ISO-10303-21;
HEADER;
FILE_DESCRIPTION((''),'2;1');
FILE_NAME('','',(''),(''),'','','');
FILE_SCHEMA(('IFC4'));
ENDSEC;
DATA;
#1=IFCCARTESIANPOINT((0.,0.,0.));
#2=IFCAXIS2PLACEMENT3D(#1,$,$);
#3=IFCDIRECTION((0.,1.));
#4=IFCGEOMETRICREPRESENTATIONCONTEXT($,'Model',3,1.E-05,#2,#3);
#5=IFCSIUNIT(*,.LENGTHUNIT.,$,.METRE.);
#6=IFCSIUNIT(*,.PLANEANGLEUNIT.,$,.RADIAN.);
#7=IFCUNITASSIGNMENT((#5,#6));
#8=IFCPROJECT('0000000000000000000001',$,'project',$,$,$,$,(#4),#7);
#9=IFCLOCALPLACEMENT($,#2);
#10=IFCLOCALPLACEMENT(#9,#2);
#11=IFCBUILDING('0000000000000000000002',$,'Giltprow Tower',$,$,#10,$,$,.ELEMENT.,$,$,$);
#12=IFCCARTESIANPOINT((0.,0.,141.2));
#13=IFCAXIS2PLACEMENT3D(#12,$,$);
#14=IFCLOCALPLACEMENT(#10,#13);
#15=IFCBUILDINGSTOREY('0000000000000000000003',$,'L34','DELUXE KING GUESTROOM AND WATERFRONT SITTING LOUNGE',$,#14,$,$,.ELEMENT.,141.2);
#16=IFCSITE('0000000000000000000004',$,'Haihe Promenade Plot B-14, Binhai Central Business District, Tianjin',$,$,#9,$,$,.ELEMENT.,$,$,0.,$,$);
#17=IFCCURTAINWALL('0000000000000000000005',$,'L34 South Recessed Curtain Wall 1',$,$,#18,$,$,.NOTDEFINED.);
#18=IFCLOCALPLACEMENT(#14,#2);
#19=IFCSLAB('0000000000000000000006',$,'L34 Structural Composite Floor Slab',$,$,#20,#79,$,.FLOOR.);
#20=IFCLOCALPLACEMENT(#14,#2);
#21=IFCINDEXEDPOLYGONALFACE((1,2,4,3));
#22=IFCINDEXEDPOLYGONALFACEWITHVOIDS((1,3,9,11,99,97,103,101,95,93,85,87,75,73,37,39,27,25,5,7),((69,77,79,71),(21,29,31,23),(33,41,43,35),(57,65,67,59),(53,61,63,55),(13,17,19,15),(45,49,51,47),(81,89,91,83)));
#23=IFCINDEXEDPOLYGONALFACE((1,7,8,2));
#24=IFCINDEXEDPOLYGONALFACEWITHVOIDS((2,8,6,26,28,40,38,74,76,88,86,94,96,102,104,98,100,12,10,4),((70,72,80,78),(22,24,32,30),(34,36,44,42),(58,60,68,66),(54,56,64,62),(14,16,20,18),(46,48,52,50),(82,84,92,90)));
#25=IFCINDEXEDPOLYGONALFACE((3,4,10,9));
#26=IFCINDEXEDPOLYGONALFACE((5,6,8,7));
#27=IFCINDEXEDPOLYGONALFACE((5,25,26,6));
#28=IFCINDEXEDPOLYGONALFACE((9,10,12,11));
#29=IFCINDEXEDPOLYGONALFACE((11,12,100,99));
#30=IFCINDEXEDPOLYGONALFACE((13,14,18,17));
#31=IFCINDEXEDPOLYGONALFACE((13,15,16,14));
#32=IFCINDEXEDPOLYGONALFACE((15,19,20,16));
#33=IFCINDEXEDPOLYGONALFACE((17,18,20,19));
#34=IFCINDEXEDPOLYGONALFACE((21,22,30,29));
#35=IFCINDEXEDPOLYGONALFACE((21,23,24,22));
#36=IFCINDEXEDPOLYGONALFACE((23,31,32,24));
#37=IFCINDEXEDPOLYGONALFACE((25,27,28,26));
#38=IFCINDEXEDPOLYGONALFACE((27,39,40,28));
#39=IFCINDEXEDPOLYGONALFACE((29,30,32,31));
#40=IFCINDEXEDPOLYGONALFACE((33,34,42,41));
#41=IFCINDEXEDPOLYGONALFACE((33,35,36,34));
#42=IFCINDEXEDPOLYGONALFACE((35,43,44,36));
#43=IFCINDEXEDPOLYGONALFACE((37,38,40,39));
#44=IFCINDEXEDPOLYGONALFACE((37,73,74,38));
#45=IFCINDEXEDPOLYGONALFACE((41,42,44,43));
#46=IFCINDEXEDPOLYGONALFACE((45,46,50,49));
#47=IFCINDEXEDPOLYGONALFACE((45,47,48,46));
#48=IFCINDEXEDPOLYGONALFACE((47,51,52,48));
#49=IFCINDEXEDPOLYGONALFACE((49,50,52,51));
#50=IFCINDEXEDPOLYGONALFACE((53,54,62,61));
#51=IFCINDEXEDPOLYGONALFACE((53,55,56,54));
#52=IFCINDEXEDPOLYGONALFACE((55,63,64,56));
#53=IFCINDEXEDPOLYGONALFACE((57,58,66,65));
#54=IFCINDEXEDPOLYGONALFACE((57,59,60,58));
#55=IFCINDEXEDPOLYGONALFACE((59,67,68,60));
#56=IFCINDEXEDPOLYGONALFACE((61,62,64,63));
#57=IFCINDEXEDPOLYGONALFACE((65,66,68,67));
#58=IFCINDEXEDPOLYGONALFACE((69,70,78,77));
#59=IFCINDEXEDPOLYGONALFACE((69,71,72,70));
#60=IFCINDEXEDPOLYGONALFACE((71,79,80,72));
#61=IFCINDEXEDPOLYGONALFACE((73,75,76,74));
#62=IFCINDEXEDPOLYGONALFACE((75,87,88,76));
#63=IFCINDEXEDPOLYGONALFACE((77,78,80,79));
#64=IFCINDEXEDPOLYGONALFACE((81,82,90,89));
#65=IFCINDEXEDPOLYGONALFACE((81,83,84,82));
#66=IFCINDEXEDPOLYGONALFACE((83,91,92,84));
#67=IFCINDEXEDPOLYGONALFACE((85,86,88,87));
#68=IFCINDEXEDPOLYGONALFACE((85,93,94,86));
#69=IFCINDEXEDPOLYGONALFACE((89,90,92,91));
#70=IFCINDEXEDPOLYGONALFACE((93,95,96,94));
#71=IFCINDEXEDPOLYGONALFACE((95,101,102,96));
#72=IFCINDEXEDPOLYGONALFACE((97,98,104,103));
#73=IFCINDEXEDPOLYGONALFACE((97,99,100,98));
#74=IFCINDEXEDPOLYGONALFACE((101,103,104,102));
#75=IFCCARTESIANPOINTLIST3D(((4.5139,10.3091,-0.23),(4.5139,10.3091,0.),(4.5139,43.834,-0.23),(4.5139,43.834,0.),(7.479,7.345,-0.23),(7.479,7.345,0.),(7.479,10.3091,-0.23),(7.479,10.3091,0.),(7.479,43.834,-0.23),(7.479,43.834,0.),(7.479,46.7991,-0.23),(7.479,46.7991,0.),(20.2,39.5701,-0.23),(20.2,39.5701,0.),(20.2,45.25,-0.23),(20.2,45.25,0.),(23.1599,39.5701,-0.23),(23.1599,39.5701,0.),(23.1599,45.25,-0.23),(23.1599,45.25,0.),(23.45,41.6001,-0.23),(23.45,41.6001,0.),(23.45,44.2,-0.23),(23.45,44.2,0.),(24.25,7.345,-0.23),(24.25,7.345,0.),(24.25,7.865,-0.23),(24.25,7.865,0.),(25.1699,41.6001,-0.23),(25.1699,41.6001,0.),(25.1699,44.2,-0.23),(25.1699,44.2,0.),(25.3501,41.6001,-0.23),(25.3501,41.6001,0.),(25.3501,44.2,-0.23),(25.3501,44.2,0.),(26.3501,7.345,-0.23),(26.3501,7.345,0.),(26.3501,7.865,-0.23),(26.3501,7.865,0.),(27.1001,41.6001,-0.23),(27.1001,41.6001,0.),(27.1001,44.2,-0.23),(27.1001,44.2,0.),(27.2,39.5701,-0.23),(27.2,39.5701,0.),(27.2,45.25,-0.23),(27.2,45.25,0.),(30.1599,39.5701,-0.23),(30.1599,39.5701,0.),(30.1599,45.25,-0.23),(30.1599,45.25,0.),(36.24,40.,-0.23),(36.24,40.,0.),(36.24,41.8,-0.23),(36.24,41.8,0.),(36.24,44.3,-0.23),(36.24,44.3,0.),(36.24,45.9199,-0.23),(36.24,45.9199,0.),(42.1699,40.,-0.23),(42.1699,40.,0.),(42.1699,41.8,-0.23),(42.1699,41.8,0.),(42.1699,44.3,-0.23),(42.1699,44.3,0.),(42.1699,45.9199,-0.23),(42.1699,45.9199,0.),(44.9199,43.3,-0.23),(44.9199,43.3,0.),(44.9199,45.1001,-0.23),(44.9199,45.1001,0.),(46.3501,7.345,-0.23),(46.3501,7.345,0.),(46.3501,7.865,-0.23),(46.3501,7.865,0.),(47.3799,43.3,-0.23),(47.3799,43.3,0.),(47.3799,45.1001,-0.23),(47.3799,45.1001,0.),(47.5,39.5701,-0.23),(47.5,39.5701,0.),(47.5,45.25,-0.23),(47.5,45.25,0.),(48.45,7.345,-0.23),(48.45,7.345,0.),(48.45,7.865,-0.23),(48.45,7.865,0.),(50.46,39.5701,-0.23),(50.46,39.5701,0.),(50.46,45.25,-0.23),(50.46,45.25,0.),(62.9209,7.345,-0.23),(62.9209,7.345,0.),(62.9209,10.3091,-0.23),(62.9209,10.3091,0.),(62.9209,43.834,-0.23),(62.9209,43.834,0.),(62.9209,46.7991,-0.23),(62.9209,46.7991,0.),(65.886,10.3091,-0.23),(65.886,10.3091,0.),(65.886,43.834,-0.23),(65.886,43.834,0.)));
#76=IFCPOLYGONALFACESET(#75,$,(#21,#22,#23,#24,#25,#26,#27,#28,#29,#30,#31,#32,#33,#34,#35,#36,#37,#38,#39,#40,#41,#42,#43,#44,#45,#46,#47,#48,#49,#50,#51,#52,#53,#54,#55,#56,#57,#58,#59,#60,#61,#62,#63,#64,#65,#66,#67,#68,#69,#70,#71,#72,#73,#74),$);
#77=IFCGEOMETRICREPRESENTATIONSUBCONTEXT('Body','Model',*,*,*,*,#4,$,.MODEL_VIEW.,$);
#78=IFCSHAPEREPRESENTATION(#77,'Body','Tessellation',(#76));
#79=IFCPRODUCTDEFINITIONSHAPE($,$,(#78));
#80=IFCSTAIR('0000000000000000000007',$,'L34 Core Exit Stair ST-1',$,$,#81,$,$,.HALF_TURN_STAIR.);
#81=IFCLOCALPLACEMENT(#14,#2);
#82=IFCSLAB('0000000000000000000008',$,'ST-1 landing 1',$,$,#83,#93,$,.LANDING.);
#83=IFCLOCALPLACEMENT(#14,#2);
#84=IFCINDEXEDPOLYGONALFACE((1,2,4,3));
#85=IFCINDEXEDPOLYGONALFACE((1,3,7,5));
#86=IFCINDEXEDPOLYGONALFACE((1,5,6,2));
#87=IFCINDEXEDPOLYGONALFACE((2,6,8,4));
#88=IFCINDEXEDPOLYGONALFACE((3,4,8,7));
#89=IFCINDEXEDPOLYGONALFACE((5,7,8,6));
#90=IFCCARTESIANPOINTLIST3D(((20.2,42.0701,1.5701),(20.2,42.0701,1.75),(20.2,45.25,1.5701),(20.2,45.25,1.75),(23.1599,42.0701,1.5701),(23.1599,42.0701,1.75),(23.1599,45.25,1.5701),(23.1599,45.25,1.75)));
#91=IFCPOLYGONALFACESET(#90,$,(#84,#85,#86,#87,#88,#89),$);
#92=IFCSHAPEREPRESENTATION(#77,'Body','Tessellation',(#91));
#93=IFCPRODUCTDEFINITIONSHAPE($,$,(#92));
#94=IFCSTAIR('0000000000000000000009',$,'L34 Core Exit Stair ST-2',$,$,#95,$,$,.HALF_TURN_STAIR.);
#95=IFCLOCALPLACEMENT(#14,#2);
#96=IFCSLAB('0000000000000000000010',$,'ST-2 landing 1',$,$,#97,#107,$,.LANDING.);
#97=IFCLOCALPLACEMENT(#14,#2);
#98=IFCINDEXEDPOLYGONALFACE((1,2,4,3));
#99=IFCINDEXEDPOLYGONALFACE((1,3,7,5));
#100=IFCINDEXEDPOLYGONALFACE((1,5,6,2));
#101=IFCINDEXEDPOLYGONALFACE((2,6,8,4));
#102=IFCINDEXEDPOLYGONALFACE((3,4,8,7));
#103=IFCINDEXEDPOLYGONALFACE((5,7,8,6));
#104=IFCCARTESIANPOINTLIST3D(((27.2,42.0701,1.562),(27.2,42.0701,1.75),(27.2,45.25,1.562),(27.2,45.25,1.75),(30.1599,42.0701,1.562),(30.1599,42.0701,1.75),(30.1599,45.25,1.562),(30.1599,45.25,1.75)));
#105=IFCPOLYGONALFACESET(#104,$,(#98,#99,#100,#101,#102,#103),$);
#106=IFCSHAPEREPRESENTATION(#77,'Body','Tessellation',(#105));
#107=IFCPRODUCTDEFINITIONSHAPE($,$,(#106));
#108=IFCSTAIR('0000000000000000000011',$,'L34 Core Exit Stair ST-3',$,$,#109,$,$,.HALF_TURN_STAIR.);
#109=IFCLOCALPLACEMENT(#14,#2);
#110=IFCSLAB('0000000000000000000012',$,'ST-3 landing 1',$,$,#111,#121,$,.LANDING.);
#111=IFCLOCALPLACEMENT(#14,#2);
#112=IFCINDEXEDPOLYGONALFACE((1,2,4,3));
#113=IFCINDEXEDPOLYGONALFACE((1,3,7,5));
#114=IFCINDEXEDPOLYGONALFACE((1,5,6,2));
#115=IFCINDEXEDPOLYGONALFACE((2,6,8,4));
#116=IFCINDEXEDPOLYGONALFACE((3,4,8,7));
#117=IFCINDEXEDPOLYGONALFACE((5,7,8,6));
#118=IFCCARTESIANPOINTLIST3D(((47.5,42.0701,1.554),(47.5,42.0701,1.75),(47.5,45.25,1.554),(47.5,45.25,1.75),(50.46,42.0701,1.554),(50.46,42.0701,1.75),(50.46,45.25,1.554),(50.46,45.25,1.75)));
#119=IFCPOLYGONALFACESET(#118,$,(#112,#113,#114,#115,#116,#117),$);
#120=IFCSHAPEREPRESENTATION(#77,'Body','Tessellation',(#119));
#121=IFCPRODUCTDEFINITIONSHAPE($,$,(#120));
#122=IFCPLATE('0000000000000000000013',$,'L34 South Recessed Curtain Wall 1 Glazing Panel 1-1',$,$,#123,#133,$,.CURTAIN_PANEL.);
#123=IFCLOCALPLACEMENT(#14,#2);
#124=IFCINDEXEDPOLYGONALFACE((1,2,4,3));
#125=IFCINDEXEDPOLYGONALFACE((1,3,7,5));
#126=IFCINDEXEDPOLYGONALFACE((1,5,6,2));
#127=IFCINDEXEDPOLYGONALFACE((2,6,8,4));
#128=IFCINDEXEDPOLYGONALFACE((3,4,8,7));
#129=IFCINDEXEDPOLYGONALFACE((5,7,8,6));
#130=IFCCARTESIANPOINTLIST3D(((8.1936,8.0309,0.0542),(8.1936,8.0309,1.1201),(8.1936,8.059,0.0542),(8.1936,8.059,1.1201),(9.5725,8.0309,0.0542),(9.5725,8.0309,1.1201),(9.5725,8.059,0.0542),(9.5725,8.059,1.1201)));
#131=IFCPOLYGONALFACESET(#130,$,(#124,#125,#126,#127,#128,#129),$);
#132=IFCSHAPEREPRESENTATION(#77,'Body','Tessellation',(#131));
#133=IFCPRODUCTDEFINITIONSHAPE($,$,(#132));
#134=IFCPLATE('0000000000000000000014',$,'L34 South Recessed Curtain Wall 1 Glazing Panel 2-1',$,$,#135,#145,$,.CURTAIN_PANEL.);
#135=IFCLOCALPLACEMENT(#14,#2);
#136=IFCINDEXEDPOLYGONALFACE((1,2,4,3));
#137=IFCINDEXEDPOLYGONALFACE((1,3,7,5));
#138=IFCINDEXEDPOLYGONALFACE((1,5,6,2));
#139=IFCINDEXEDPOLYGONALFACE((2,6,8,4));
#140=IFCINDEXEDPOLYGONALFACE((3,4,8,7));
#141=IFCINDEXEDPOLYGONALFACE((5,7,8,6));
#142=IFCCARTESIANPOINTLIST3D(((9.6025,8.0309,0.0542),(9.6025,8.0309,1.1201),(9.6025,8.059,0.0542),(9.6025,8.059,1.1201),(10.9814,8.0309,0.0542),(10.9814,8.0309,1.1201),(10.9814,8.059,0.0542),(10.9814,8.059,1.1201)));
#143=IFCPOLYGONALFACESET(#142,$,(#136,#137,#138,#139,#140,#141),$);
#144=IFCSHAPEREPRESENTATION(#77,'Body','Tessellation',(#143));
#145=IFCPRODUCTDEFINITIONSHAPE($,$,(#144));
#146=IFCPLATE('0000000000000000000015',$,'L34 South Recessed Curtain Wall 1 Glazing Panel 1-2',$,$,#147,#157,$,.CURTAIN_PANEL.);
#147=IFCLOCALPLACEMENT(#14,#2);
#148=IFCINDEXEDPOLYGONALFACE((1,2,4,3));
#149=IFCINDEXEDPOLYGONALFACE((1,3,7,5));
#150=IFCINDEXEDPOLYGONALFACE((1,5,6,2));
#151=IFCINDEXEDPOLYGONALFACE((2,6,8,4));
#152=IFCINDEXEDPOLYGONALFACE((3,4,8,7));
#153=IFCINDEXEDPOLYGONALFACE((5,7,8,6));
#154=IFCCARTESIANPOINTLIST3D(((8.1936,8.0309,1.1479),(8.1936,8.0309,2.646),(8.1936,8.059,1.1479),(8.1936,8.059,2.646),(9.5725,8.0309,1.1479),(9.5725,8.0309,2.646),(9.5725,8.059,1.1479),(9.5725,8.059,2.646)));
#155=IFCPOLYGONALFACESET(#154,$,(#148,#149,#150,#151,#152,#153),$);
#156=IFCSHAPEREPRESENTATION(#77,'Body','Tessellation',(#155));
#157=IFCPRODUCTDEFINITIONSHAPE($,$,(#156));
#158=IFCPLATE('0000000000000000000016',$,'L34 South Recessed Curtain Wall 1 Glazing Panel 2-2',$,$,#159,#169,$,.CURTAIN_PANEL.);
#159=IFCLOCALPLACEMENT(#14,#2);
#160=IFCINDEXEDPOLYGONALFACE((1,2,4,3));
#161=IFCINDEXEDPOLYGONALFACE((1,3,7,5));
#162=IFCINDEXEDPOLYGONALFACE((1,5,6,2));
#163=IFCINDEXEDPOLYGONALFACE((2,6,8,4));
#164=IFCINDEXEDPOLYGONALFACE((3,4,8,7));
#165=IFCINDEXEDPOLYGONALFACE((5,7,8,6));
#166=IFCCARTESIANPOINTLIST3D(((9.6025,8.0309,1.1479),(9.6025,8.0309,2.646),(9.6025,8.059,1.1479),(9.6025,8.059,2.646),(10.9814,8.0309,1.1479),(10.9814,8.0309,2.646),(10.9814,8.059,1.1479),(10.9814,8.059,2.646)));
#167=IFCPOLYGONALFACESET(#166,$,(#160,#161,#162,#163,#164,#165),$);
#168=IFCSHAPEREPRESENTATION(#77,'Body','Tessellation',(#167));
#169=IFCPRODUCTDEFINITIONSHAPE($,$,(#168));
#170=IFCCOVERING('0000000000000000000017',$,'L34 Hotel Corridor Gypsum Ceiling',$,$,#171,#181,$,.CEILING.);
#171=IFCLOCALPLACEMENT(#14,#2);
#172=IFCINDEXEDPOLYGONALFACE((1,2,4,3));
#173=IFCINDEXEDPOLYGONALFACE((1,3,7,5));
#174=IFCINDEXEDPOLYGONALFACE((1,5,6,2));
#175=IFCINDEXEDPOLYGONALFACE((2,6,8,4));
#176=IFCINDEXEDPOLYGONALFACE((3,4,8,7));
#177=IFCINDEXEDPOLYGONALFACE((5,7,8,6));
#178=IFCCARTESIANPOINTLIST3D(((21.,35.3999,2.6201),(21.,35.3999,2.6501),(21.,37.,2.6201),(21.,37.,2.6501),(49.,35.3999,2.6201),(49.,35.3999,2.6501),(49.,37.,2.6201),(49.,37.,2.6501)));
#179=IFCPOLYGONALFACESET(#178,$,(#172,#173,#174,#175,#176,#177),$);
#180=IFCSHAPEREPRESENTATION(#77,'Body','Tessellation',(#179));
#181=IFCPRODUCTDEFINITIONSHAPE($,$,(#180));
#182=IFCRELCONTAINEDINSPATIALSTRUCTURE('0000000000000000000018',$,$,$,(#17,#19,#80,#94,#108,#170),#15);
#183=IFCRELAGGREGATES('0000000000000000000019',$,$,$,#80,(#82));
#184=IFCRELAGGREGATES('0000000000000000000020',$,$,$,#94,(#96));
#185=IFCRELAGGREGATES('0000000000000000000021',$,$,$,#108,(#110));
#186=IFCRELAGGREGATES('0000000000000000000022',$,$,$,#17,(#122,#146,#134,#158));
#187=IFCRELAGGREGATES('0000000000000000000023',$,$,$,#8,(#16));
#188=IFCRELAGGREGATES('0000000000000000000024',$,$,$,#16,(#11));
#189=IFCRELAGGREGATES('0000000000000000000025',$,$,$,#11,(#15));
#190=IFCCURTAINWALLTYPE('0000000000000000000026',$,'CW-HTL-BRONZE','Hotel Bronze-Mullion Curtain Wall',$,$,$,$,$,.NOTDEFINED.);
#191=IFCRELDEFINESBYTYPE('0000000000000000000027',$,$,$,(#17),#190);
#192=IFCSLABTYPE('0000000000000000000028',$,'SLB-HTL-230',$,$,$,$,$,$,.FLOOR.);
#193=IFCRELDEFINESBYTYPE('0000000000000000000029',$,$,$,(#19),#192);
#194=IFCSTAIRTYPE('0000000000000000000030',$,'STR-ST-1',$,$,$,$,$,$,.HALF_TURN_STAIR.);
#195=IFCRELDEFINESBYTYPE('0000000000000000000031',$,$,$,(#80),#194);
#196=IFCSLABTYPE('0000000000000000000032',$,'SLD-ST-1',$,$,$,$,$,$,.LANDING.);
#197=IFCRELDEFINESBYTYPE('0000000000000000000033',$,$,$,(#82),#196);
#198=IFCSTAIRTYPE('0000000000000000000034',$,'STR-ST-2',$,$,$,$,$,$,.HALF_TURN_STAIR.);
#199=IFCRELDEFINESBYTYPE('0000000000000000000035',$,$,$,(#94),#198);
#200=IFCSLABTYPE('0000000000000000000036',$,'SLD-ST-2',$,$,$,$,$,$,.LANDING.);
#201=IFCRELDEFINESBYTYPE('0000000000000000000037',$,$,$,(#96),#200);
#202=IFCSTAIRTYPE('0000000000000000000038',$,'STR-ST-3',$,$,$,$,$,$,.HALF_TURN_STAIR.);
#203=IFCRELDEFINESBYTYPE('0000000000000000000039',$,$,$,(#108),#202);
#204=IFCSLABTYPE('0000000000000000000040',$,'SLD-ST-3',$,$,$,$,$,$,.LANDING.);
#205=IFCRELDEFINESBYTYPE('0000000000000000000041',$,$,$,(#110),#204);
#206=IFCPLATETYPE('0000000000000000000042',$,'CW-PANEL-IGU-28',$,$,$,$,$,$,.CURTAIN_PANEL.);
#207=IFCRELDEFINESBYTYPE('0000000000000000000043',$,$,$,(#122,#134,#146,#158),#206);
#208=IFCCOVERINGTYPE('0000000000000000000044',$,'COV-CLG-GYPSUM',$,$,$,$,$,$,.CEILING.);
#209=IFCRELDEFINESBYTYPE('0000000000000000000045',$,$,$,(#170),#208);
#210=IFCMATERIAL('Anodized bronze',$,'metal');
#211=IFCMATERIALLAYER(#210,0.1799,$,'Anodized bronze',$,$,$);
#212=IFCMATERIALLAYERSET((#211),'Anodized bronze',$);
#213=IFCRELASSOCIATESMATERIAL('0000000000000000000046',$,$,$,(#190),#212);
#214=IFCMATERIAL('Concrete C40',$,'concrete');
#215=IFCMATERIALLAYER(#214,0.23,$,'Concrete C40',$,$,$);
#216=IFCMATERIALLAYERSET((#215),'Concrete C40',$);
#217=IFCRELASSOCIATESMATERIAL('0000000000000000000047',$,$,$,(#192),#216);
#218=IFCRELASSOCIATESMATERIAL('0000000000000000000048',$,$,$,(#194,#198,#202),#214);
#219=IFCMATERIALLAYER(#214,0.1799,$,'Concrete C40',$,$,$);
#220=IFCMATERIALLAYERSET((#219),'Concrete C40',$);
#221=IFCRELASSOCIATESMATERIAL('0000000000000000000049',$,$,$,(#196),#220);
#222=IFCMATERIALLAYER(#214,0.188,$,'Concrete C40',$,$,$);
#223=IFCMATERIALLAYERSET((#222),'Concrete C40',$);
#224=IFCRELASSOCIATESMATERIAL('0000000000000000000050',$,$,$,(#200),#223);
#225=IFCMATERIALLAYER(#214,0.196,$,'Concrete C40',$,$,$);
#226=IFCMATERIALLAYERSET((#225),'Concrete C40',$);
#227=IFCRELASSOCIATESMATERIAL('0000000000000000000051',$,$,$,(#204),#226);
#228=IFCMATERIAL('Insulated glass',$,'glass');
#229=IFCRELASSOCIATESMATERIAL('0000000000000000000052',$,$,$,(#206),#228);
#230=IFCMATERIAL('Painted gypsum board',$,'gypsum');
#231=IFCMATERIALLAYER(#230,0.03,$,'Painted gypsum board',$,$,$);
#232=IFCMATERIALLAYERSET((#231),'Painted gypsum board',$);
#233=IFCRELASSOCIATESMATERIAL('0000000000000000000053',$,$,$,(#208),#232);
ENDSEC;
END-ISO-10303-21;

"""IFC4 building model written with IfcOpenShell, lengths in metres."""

from ifc_helpers import new_model, si_unit, direction, frame, origin, origin_2d, place, context, subcontext, project, spatial, polyline, rectangle, outline, extrude, source, transform, mapped, material, layer, layer_set, type_object, element, aggregate, save


model = new_model("IFC4")

# Units and contexts
model_context = context("Model", 3, precision=1e-05, world=origin(), true_north=direction((0.0, 1.0)))
body_context = subcontext(model_context, "Body", "Model", "MODEL_VIEW")
ifc_project = project(units=[si_unit("LENGTHUNIT", "METRE"), si_unit("PLANEANGLEUNIT", "RADIAN")], contexts=[model_context])

# Site, building, storey
site_placement = place(None, origin())
site = spatial("IfcSite", under=ifc_project, at=site_placement, Name="Haihe Promenade Plot B-14, Binhai Central Business District, Tianjin", CompositionType="ELEMENT", RefElevation=0.0)
building_placement = place(site_placement, origin())
building = spatial("IfcBuilding", under=site, at=building_placement, Name="Giltprow Tower", CompositionType="ELEMENT")
storey_placement = place(building_placement, frame((0.0, 0.0, 141.2)))
storey = spatial("IfcBuildingStorey", under=building, at=storey_placement, Name="L34", Description="DELUXE KING GUESTROOM AND WATERFRONT SITTING LOUNGE", CompositionType="ELEMENT", Elevation=141.2)

# Curtain wall
ifc_material_1 = material(Name="Anodized bronze", Category="metal")
ifc_layer_1 = layer(ifc_material_1, 0.1799, Name="Anodized bronze")
ifc_layer_set_1 = layer_set([ifc_layer_1], Name="Anodized bronze")
curtain_wall_type = type_object("IfcCurtainWallType", Name="CW-HTL-BRONZE", Description="Hotel Bronze-Mullion Curtain Wall", PredefinedType="NOTDEFINED", material=ifc_layer_set_1)
curtain_wall_placement = place(storey_placement, origin())
curtain_wall = element("IfcCurtainWall", 1, at=curtain_wall_placement, inside=storey, type_object=curtain_wall_type, Name="L34 South Recessed Curtain Wall 1", PredefinedType="NOTDEFINED")

# Slab
ifc_material_2 = material(Name="Concrete C40", Category="concrete")
ifc_layer_2 = layer(ifc_material_2, 0.23, Name="Concrete C40")
ifc_layer_set_2 = layer_set([ifc_layer_2], Name="Concrete C40")
slab_type_1 = type_object("IfcSlabType", Name="SLB-HTL-230", PredefinedType="FLOOR", material=ifc_layer_set_2)
slab_1_placement = place(storey_placement, frame((0.0, 0.0, -0.23)))
element("IfcSlab", 2, at=slab_1_placement, inside=storey, type_object=slab_type_1, Name="L34 Structural Composite Floor Slab", PredefinedType="FLOOR", context=body_context, shape_type="SweptSolid", body=[
    extrude(outline(polyline([(7.479, 7.345), (7.479, 10.3091), (4.5139, 10.3091), (4.5139, 43.834), (7.479, 43.834), (7.479, 46.7991), (62.9209, 46.7991), (62.9209, 43.834), (65.886, 43.834), (65.886, 10.3091), (62.9209, 10.3091), (62.9209, 7.345), (48.45, 7.345), (48.45, 7.865), (46.3501, 7.865), (46.3501, 7.345), (26.3501, 7.345), (26.3501, 7.865), (24.25, 7.865), (24.25, 7.345), (7.479, 7.345)]), holes=[polyline([(42.1699, 41.8), (36.24, 41.8), (36.24, 40.0), (42.1699, 40.0), (42.1699, 41.8)]), polyline([(23.1599, 39.5701), (23.1599, 45.25), (20.2, 45.25), (20.2, 39.5701), (23.1599, 39.5701)]), polyline([(30.1599, 39.5701), (30.1599, 45.25), (27.2, 45.25), (27.2, 39.5701), (30.1599, 39.5701)]), polyline([(50.46, 45.25), (47.5, 45.25), (47.5, 39.5701), (50.46, 39.5701), (50.46, 45.25)]), polyline([(25.1699, 44.2), (23.45, 44.2), (23.45, 41.6001), (25.1699, 41.6001), (25.1699, 44.2)]), polyline([(27.1001, 44.2), (25.3501, 44.2), (25.3501, 41.6001), (27.1001, 41.6001), (27.1001, 44.2)]), polyline([(47.3799, 43.3), (47.3799, 45.1001), (44.9199, 45.1001), (44.9199, 43.3), (47.3799, 43.3)]), polyline([(42.1699, 44.3), (42.1699, 45.9199), (36.24, 45.9199), (36.24, 44.3), (42.1699, 44.3)])]), origin(), (0.0, 0.0, 1.0), 0.23),
])

# Stairs, slabs
stair_type_1 = type_object("IfcStairType", Name="STR-ST-1", PredefinedType="HALF_TURN_STAIR", material=ifc_material_2)
stair_1_placement = place(storey_placement, origin())
stair_1 = element("IfcStair", 3, at=stair_1_placement, inside=storey, type_object=stair_type_1, Name="L34 Core Exit Stair ST-1", PredefinedType="HALF_TURN_STAIR")
ifc_layer_3 = layer(ifc_material_2, 0.1799, Name="Concrete C40")
ifc_layer_set_3 = layer_set([ifc_layer_3], Name="Concrete C40")
slab_type_2 = type_object("IfcSlabType", Name="SLD-ST-1", PredefinedType="LANDING", material=ifc_layer_set_3)
slab_2_placement = place(storey_placement, frame((0.0, 0.0, 1.5701)))
slab_2 = element("IfcSlab", 4, at=slab_2_placement, type_object=slab_type_2, Name="ST-1 landing 1", PredefinedType="LANDING", context=body_context, shape_type="SweptSolid", body=[
    extrude(outline(polyline([(23.1599, 42.0701), (23.1599, 45.25), (20.2, 45.25), (20.2, 42.0701), (23.1599, 42.0701)])), origin(), (0.0, 0.0, 1.0), 0.1799),
])
aggregate(stair_1, [slab_2])
stair_type_2 = type_object("IfcStairType", Name="STR-ST-2", PredefinedType="HALF_TURN_STAIR", material=ifc_material_2)
stair_2_placement = place(storey_placement, origin())
stair_2 = element("IfcStair", 5, at=stair_2_placement, inside=storey, type_object=stair_type_2, Name="L34 Core Exit Stair ST-2", PredefinedType="HALF_TURN_STAIR")
ifc_layer_4 = layer(ifc_material_2, 0.188, Name="Concrete C40")
ifc_layer_set_4 = layer_set([ifc_layer_4], Name="Concrete C40")
slab_type_3 = type_object("IfcSlabType", Name="SLD-ST-2", PredefinedType="LANDING", material=ifc_layer_set_4)
slab_3_placement = place(storey_placement, frame((0.0, 0.0, 1.562)))
slab_3 = element("IfcSlab", 6, at=slab_3_placement, type_object=slab_type_3, Name="ST-2 landing 1", PredefinedType="LANDING", context=body_context, shape_type="SweptSolid", body=[
    extrude(outline(polyline([(30.1599, 42.0701), (30.1599, 45.25), (27.2, 45.25), (27.2, 42.0701), (30.1599, 42.0701)])), origin(), (0.0, 0.0, 1.0), 0.188),
])
aggregate(stair_2, [slab_3])
stair_type_3 = type_object("IfcStairType", Name="STR-ST-3", PredefinedType="HALF_TURN_STAIR", material=ifc_material_2)
stair_3_placement = place(storey_placement, origin())
stair_3 = element("IfcStair", 7, at=stair_3_placement, inside=storey, type_object=stair_type_3, Name="L34 Core Exit Stair ST-3", PredefinedType="HALF_TURN_STAIR")
ifc_layer_5 = layer(ifc_material_2, 0.196, Name="Concrete C40")
ifc_layer_set_5 = layer_set([ifc_layer_5], Name="Concrete C40")
slab_type_4 = type_object("IfcSlabType", Name="SLD-ST-3", PredefinedType="LANDING", material=ifc_layer_set_5)
slab_4_placement = place(storey_placement, frame((0.0, 0.0, 1.554)))
slab_4 = element("IfcSlab", 8, at=slab_4_placement, type_object=slab_type_4, Name="ST-3 landing 1", PredefinedType="LANDING", context=body_context, shape_type="SweptSolid", body=[
    extrude(outline(polyline([(50.46, 42.0701), (50.46, 45.25), (47.5, 45.25), (47.5, 42.0701), (50.46, 42.0701)])), origin(), (0.0, 0.0, 1.0), 0.196),
])
aggregate(stair_3, [slab_4])

# Plates
ifc_material_3 = material(Name="Insulated glass", Category="glass")
plate_type = type_object("IfcPlateType", Name="CW-PANEL-IGU-28", PredefinedType="CURTAIN_PANEL", material=ifc_material_3)
shared_shape_1 = source(origin(), body_context, "Body", "SweptSolid", [
    extrude(rectangle(XDim=1.3789, YDim=0.0281, at=origin_2d()), origin(), (0.0, 0.0, 1.0), 1.0659),
])
plate_1_placement = place(storey_placement, frame((8.8831, 8.0449, 0.0542), z_axis=(0.0, 0.0, 1.0), x_axis=(1.0, 0.0, 0.0)))
plate_1 = element("IfcPlate", 9, at=plate_1_placement, type_object=plate_type, Name="L34 South Recessed Curtain Wall 1 Glazing Panel 1-1", PredefinedType="CURTAIN_PANEL", context=body_context, shape_type="MappedRepresentation", body=[
    mapped(shared_shape_1, transform((0.0, 0.0, 0.0), x_axis=(1.0, 0.0, 0.0), y_axis=(0.0, 1.0, 0.0), z_axis=(0.0, 0.0, 1.0), scale=1.0)),
])
plate_2_placement = place(storey_placement, frame((10.292, 8.0449, 0.0542), z_axis=(0.0, 0.0, 1.0), x_axis=(1.0, 0.0, 0.0)))
plate_2 = element("IfcPlate", 10, at=plate_2_placement, type_object=plate_type, Name="L34 South Recessed Curtain Wall 1 Glazing Panel 2-1", PredefinedType="CURTAIN_PANEL", context=body_context, shape_type="MappedRepresentation", body=[
    mapped(shared_shape_1, transform((0.0, 0.0, 0.0), x_axis=(1.0, 0.0, 0.0), y_axis=(0.0, 1.0, 0.0), z_axis=(0.0, 0.0, 1.0), scale=1.0)),
])
shared_shape_2 = source(origin(), body_context, "Body", "SweptSolid", [
    extrude(rectangle(XDim=1.3789, YDim=0.0281, at=origin_2d()), origin(), (0.0, 0.0, 1.0), 1.498),
])
plate_3_placement = place(storey_placement, frame((8.8831, 8.0449, 1.1479), z_axis=(0.0, 0.0, 1.0), x_axis=(1.0, 0.0, 0.0)))
plate_3 = element("IfcPlate", 11, at=plate_3_placement, type_object=plate_type, Name="L34 South Recessed Curtain Wall 1 Glazing Panel 1-2", PredefinedType="CURTAIN_PANEL", context=body_context, shape_type="MappedRepresentation", body=[
    mapped(shared_shape_2, transform((0.0, 0.0, 0.0), x_axis=(1.0, 0.0, 0.0), y_axis=(0.0, 1.0, 0.0), z_axis=(0.0, 0.0, 1.0), scale=1.0)),
])
plate_4_placement = place(storey_placement, frame((10.292, 8.0449, 1.1479), z_axis=(0.0, 0.0, 1.0), x_axis=(1.0, 0.0, 0.0)))
plate_4 = element("IfcPlate", 12, at=plate_4_placement, type_object=plate_type, Name="L34 South Recessed Curtain Wall 1 Glazing Panel 2-2", PredefinedType="CURTAIN_PANEL", context=body_context, shape_type="MappedRepresentation", body=[
    mapped(shared_shape_2, transform((0.0, 0.0, 0.0), x_axis=(1.0, 0.0, 0.0), y_axis=(0.0, 1.0, 0.0), z_axis=(0.0, 0.0, 1.0), scale=1.0)),
])
aggregate(curtain_wall, [plate_1, plate_3, plate_2, plate_4])

# Covering
ifc_material_4 = material(Name="Painted gypsum board", Category="gypsum")
ifc_layer_6 = layer(ifc_material_4, 0.03, Name="Painted gypsum board")
ifc_layer_set_6 = layer_set([ifc_layer_6], Name="Painted gypsum board")
covering_type_1 = type_object("IfcCoveringType", Name="COV-CLG-GYPSUM", PredefinedType="CEILING", material=ifc_layer_set_6)
covering_1_placement = place(storey_placement, frame((0.0, 0.0, 2.6201)))
element("IfcCovering", 13, at=covering_1_placement, inside=storey, type_object=covering_type_1, Name="L34 Hotel Corridor Gypsum Ceiling", PredefinedType="CEILING", context=body_context, shape_type="SweptSolid", body=[
    extrude(outline(polyline([(21.0, 35.3999), (49.0, 35.3999), (49.0, 37.0), (21.0, 37.0), (21.0, 35.3999)])), origin(), (0.0, 0.0, 1.0), 0.03),
])

save(model, "model.ifc")
